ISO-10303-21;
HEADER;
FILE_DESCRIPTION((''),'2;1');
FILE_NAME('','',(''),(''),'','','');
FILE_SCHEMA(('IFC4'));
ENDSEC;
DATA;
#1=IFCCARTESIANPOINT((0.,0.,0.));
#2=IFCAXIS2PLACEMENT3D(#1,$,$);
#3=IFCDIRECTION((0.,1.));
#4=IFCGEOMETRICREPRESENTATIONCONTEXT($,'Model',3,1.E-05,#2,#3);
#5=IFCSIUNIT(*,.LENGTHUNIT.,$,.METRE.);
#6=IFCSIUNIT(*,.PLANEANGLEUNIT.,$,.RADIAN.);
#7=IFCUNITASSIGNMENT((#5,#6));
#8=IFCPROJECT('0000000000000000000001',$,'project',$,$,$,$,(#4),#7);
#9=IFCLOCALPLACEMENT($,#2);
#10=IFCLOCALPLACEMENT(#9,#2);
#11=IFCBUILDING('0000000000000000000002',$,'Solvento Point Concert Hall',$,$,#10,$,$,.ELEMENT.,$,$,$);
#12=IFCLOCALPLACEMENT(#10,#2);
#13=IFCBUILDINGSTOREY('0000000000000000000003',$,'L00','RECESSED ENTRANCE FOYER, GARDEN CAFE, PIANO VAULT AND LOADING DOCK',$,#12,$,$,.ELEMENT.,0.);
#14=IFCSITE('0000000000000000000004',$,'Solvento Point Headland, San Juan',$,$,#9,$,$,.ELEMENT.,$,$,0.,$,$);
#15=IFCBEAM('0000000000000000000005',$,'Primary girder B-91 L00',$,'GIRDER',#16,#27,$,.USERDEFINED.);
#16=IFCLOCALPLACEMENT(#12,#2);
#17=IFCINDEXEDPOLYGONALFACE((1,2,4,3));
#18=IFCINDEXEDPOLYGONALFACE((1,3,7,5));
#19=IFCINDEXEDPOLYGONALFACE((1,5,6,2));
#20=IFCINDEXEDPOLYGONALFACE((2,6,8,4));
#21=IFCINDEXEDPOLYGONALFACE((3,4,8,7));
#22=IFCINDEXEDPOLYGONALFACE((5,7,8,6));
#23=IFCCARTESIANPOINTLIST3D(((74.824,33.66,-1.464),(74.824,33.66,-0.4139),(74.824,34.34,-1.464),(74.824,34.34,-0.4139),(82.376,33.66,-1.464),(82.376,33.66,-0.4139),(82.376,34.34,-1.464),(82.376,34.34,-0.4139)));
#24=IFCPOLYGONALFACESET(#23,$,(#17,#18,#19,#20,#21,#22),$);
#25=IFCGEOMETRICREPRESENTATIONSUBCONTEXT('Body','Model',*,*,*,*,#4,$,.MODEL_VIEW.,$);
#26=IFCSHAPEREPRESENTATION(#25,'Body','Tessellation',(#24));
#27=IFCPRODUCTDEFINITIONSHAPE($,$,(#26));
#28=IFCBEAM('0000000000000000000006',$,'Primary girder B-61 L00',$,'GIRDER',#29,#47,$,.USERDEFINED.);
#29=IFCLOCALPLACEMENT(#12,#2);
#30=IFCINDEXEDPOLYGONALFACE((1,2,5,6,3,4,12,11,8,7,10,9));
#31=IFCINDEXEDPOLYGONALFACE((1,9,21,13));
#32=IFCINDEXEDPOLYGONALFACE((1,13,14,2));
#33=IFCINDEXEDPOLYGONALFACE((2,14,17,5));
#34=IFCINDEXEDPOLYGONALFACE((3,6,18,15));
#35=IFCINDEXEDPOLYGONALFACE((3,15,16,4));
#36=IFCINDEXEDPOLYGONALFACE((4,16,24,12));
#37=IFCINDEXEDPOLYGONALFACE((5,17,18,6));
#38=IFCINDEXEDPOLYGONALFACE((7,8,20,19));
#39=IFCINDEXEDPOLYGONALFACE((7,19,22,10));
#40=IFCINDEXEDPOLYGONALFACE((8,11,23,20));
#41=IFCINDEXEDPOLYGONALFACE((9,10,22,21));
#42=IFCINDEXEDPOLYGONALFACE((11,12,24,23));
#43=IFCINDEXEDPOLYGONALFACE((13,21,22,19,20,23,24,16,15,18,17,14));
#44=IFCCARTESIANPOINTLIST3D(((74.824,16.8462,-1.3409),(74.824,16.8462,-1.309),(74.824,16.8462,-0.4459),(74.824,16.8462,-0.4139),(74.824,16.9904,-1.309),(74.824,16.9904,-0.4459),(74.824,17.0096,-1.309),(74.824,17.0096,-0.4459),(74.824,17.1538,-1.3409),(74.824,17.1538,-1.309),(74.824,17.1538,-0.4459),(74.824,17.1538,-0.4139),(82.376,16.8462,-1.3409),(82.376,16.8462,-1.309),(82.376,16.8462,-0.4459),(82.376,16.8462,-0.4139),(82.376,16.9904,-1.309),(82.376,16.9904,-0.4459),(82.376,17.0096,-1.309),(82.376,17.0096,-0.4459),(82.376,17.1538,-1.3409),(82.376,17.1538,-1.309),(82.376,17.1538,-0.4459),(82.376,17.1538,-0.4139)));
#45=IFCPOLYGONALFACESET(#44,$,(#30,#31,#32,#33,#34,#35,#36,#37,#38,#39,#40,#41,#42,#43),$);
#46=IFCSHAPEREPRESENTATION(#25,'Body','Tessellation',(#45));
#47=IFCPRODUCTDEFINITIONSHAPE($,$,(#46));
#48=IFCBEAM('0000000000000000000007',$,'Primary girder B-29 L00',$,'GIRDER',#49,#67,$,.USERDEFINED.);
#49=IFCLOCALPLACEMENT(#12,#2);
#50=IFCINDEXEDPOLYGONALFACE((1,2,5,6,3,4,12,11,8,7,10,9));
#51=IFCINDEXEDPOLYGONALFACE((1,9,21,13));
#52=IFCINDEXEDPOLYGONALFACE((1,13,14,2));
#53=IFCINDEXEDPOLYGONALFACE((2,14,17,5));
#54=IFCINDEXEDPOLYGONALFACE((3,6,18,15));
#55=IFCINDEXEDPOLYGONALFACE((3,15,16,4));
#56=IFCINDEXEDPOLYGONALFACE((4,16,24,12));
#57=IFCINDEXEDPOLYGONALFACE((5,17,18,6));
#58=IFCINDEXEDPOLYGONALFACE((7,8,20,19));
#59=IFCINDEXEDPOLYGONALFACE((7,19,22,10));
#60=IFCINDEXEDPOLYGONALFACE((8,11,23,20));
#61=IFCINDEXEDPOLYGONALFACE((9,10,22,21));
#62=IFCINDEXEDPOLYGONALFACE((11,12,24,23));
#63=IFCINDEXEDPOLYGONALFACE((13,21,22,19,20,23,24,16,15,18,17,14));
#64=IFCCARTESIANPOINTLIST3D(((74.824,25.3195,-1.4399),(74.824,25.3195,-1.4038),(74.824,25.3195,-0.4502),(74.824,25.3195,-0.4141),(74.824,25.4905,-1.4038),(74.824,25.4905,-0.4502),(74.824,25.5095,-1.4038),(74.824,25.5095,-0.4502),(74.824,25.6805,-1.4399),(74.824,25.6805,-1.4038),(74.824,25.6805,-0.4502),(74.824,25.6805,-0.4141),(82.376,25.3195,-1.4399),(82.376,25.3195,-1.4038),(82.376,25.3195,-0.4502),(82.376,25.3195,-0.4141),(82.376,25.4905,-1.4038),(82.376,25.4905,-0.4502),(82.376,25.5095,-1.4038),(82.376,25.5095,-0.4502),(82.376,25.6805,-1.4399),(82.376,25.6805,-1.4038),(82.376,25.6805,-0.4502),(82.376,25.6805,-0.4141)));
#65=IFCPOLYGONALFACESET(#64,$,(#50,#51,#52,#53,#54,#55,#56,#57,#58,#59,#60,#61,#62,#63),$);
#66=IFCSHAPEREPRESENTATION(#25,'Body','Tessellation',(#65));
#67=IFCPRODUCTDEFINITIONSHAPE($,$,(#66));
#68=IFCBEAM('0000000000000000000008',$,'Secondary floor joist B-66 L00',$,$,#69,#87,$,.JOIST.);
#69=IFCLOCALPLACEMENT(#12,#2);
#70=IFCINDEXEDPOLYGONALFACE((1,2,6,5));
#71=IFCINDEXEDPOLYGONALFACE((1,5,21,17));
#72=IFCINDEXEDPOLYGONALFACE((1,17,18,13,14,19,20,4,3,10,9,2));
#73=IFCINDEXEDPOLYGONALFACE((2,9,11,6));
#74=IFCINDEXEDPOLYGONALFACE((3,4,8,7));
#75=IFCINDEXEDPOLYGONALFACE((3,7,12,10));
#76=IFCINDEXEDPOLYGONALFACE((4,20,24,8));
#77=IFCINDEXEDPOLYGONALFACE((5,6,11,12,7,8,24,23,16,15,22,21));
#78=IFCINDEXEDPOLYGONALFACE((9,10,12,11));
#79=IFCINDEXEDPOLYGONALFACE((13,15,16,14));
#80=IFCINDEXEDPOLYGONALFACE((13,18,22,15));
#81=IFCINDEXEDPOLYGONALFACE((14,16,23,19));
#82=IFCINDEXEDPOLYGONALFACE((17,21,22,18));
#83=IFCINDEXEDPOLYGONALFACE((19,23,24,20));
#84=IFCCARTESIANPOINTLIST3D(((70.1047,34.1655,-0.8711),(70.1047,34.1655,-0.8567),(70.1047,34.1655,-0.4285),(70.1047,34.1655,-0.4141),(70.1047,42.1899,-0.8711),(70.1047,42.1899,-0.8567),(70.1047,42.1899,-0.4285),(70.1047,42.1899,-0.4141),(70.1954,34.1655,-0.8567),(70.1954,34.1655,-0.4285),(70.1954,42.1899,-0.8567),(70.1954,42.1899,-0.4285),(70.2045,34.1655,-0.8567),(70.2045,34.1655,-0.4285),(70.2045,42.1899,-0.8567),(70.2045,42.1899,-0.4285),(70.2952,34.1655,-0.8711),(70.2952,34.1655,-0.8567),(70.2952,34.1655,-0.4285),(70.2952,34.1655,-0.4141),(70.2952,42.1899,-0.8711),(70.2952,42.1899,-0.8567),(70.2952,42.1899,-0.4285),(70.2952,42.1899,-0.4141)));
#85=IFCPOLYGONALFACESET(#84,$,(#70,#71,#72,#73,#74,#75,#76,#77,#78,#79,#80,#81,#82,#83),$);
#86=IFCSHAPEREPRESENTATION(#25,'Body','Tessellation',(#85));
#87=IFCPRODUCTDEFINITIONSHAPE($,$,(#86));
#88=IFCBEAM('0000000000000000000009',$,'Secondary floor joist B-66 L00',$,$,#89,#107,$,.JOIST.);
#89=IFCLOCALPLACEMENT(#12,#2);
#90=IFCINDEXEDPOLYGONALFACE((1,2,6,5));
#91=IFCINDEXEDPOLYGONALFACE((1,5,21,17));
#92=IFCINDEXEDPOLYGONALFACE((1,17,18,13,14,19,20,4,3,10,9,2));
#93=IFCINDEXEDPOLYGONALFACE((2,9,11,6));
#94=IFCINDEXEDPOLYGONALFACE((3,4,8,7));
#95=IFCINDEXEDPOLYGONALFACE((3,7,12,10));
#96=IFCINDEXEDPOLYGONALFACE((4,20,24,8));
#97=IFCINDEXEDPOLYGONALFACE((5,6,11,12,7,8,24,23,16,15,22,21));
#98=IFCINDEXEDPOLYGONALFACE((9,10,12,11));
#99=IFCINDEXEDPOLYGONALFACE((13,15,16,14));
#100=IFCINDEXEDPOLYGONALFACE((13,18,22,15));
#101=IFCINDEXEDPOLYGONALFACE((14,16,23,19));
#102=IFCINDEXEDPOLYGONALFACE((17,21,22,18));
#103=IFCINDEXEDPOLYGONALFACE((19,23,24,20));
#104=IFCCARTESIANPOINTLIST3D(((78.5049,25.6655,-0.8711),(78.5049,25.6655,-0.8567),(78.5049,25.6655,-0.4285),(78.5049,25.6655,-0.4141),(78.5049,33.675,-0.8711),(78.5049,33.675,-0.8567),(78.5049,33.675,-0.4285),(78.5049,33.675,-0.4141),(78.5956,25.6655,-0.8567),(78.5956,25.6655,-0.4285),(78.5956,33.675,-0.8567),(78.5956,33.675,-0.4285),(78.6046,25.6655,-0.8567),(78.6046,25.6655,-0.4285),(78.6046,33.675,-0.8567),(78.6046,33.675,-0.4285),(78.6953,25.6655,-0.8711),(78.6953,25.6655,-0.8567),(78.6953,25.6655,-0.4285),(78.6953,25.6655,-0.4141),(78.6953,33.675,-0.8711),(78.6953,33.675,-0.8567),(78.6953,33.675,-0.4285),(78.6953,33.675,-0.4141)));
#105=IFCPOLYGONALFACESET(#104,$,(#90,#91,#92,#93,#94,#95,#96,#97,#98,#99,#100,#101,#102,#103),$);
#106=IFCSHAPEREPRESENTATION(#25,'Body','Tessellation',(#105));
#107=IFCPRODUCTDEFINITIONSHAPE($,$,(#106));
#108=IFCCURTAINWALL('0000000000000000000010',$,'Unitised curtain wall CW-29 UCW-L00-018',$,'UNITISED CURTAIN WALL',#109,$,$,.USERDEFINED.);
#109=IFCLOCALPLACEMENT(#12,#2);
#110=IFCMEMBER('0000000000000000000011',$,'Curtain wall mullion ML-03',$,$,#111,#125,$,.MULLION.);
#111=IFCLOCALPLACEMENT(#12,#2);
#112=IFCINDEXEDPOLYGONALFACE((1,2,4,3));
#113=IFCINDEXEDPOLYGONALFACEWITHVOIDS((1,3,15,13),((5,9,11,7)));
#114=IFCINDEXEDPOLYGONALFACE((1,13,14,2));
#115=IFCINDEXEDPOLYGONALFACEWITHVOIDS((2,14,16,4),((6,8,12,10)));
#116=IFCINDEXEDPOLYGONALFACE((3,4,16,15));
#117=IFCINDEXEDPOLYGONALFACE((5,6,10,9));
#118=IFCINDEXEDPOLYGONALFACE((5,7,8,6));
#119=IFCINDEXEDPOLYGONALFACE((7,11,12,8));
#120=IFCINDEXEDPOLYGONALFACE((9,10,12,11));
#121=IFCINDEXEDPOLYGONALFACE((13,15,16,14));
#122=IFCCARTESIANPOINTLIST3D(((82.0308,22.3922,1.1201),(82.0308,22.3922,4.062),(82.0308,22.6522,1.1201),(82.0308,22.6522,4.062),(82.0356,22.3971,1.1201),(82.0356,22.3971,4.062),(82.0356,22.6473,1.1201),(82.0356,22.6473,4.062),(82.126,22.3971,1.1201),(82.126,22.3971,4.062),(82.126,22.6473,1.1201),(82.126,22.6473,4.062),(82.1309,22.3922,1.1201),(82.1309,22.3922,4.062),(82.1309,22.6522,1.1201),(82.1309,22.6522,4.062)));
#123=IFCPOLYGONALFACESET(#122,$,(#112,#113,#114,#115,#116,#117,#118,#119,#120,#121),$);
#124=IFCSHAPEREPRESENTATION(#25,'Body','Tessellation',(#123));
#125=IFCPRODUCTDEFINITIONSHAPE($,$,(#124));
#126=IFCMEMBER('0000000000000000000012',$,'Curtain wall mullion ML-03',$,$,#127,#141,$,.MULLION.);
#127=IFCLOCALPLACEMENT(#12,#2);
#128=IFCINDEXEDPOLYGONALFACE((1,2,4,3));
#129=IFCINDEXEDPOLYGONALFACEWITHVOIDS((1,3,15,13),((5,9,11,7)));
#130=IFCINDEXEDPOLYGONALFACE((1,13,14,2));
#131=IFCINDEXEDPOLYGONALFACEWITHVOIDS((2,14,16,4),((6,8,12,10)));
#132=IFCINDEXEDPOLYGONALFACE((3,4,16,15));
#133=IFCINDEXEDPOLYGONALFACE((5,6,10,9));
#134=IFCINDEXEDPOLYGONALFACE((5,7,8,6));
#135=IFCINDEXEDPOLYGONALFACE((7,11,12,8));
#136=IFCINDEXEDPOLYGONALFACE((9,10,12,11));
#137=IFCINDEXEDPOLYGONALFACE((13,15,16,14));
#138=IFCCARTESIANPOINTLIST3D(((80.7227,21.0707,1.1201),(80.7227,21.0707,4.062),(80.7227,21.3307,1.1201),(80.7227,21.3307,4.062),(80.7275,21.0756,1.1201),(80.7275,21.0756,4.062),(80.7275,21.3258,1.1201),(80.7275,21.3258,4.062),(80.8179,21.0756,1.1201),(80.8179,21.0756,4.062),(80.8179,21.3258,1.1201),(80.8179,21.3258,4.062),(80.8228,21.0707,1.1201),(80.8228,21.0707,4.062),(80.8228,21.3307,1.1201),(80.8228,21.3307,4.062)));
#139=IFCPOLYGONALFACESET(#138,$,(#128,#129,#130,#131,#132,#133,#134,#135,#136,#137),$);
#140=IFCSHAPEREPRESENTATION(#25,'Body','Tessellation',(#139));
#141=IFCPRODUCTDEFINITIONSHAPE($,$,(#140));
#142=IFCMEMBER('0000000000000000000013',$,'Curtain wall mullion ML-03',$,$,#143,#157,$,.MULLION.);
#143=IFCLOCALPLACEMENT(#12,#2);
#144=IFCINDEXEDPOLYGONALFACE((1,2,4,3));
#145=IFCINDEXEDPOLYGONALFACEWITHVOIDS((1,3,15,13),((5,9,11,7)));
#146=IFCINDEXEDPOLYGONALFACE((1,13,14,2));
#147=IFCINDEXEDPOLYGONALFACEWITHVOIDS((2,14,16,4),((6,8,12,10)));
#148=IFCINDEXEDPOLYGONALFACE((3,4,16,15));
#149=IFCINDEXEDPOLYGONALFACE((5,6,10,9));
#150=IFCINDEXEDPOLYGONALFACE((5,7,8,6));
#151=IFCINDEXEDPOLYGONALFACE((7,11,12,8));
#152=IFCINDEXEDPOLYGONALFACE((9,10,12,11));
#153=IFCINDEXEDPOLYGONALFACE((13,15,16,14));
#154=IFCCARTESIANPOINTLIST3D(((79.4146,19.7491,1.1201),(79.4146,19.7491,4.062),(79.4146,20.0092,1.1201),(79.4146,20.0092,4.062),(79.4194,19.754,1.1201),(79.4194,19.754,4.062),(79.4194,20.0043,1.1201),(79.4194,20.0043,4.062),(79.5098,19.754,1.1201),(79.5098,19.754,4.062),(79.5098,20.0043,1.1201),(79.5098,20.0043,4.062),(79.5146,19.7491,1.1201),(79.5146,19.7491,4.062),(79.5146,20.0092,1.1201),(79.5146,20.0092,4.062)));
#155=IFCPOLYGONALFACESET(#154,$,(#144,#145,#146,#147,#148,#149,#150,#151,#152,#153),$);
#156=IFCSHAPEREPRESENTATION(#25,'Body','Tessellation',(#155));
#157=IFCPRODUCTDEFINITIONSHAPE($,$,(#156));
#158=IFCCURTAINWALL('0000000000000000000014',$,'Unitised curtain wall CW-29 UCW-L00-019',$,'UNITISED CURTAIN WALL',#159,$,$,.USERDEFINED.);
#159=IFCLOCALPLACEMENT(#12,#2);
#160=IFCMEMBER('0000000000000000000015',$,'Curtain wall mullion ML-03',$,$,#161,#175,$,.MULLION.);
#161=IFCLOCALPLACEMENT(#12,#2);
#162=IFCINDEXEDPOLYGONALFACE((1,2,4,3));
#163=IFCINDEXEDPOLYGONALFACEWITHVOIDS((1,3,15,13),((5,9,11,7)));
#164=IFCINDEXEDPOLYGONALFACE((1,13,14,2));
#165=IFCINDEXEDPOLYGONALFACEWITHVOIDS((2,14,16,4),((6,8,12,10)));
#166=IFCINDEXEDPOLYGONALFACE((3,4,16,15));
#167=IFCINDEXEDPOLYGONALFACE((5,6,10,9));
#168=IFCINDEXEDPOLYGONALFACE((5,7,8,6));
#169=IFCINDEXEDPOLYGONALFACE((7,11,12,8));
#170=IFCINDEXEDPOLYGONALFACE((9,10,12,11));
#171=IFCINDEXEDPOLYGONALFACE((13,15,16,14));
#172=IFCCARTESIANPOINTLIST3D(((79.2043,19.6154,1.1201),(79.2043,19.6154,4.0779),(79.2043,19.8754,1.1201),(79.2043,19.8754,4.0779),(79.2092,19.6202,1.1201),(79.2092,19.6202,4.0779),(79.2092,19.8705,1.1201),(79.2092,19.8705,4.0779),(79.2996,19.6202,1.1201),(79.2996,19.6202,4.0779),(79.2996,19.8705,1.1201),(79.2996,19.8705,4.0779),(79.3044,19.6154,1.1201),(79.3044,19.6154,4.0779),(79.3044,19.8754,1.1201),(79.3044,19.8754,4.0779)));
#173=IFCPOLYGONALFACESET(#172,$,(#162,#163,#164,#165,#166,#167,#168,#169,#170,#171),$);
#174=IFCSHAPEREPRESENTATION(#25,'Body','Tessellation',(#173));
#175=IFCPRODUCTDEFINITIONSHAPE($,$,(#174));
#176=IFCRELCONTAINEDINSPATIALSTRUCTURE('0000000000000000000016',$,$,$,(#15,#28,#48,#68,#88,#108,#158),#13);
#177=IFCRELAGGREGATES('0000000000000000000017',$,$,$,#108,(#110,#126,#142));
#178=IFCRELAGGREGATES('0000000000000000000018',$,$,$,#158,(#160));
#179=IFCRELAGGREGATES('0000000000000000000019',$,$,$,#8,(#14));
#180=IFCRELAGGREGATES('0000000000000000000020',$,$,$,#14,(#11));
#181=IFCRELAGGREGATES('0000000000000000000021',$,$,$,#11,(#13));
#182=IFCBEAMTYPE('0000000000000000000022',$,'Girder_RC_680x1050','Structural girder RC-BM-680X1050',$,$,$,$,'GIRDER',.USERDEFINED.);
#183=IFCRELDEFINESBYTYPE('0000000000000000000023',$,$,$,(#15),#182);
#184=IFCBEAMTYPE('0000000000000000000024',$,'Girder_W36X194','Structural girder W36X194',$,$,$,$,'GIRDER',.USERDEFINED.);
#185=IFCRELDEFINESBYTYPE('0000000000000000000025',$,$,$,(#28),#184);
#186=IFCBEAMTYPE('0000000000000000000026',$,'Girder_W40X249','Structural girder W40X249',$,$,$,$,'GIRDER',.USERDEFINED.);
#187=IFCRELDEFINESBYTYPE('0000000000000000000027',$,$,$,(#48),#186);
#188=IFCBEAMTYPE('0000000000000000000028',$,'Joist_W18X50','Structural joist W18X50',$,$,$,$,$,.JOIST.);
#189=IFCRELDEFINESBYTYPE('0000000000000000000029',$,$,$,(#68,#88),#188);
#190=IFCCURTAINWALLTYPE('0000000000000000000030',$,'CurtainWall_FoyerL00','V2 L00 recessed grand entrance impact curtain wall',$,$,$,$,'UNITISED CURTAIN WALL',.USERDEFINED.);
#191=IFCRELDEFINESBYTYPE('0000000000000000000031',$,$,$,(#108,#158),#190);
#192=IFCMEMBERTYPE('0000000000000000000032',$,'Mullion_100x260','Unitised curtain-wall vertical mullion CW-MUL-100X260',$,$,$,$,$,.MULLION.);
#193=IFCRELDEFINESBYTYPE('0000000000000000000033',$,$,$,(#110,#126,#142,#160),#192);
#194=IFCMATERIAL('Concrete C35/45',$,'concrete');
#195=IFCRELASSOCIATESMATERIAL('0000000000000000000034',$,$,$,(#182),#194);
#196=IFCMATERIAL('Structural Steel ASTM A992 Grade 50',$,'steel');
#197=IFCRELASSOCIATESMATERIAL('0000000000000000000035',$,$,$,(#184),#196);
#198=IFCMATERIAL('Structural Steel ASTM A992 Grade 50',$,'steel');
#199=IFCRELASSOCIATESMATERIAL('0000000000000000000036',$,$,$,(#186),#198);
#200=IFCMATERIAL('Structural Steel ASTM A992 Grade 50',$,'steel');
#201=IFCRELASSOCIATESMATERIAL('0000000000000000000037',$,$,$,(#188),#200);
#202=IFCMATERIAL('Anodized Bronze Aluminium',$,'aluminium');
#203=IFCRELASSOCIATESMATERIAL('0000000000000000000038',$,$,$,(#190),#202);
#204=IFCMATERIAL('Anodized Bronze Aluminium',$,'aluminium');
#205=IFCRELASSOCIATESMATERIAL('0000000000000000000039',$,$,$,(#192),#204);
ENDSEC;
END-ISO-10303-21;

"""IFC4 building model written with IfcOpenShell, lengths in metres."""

from ifc_helpers import new_model, si_unit, direction, frame, origin, origin_2d, place, context, subcontext, project, spatial, rectangle, hollow_rectangle, i_section, extrude, material, material_profile, profile_set, type_object, element, aggregate, save


model = new_model("IFC4")

# Units and contexts
model_context = context("Model", 3, precision=1e-05, world=origin(), true_north=direction((0.0, 1.0)))
body_context = subcontext(model_context, "Body", "Model", "MODEL_VIEW")
ifc_project = project(units=[si_unit("LENGTHUNIT", "METRE"), si_unit("PLANEANGLEUNIT", "RADIAN")], contexts=[model_context])

# Site, building, storey
site_placement = place(None, origin())
site = spatial("IfcSite", under=ifc_project, at=site_placement, Name="Solvento Point Headland, San Juan", CompositionType="ELEMENT", RefElevation=0.0)
building_placement = place(site_placement, origin())
building = spatial("IfcBuilding", under=site, at=building_placement, Name="Solvento Point Concert Hall", CompositionType="ELEMENT")
storey_placement = place(building_placement, origin())
storey = spatial("IfcBuildingStorey", under=building, at=storey_placement, Name="L00", Description="RECESSED ENTRANCE FOYER, GARDEN CAFE, PIANO VAULT AND LOADING DOCK", CompositionType="ELEMENT", Elevation=0.0)

# Beams
ifc_material_1 = material(Name="Concrete C35/45", Category="concrete")
ifc_material_profile_1 = material_profile(ifc_material_1, rectangle(XDim=0.6799, YDim=1.05, at=origin_2d()), Name="RC-BM-680X1050")
ifc_profile_set_1 = profile_set([ifc_material_profile_1], Name="Concrete C35/45")
beam_type_1 = type_object("IfcBeamType", Name="Girder_RC_680x1050", Description="Structural girder RC-BM-680X1050", ElementType="GIRDER", PredefinedType="USERDEFINED", material=ifc_profile_set_1)
beam_1_placement = place(storey_placement, frame((74.824, 34.0, -0.939), z_axis=(1.0, 0.0, 0.0), x_axis=(0.0, 1.0, 0.0)))
element("IfcBeam", 1, at=beam_1_placement, inside=storey, type_object=beam_type_1, Name="Primary girder B-91 L00", ObjectType="GIRDER", PredefinedType="USERDEFINED", context=body_context, shape_type="SweptSolid", body=[
    extrude(rectangle(XDim=0.6799, YDim=1.05, at=origin_2d()), origin(), (0.0, 0.0, 1.0), 7.552),
])
ifc_material_2 = material(Name="Structural Steel ASTM A992 Grade 50", Category="steel")
ifc_material_profile_2 = material_profile(ifc_material_2, i_section(OverallWidth=0.3076, OverallDepth=0.927, WebThickness=0.0193, FlangeThickness=0.032, at=origin_2d()), Name="W36X194")
ifc_profile_set_2 = profile_set([ifc_material_profile_2], Name="Structural Steel ASTM A992 Grade 50")
beam_type_2 = type_object("IfcBeamType", Name="Girder_W36X194", Description="Structural girder W36X194", ElementType="GIRDER", PredefinedType="USERDEFINED", material=ifc_profile_set_2)
beam_2_placement = place(storey_placement, frame((74.824, 17.0, -0.8774), z_axis=(1.0, 0.0, 0.0), x_axis=(0.0, 1.0, 0.0)))
element("IfcBeam", 2, at=beam_2_placement, inside=storey, type_object=beam_type_2, Name="Primary girder B-61 L00", ObjectType="GIRDER", PredefinedType="USERDEFINED", context=body_context, shape_type="SweptSolid", body=[
    extrude(i_section(OverallWidth=0.3076, OverallDepth=0.927, WebThickness=0.0193, FlangeThickness=0.032, at=origin_2d()), origin(), (0.0, 0.0, 1.0), 7.552),
])
ifc_material_3 = material(Name="Structural Steel ASTM A992 Grade 50", Category="steel")
ifc_material_profile_3 = material_profile(ifc_material_3, i_section(OverallWidth=0.3611, OverallDepth=1.0259, WebThickness=0.019, FlangeThickness=0.0361, at=origin_2d()), Name="W40X249")
ifc_profile_set_3 = profile_set([ifc_material_profile_3], Name="Structural Steel ASTM A992 Grade 50")
beam_type_3 = type_object("IfcBeamType", Name="Girder_W40X249", Description="Structural girder W40X249", ElementType="GIRDER", PredefinedType="USERDEFINED", material=ifc_profile_set_3)
beam_3_placement = place(storey_placement, frame((74.824, 25.5, -0.927), z_axis=(1.0, 0.0, 0.0), x_axis=(0.0, 1.0, 0.0)))
element("IfcBeam", 3, at=beam_3_placement, inside=storey, type_object=beam_type_3, Name="Primary girder B-29 L00", ObjectType="GIRDER", PredefinedType="USERDEFINED", context=body_context, shape_type="SweptSolid", body=[
    extrude(i_section(OverallWidth=0.3611, OverallDepth=1.0259, WebThickness=0.019, FlangeThickness=0.0361, at=origin_2d()), origin(), (0.0, 0.0, 1.0), 7.552),
])
ifc_material_4 = material(Name="Structural Steel ASTM A992 Grade 50", Category="steel")
ifc_material_profile_4 = material_profile(ifc_material_4, i_section(OverallWidth=0.1904, OverallDepth=0.457, WebThickness=0.009, FlangeThickness=0.0144, at=origin_2d()), Name="W18X50")
ifc_profile_set_4 = profile_set([ifc_material_profile_4], Name="Structural Steel ASTM A992 Grade 50")
beam_type_4 = type_object("IfcBeamType", Name="Joist_W18X50", Description="Structural joist W18X50", PredefinedType="JOIST", material=ifc_profile_set_4)
beam_4_placement = place(storey_placement, frame((70.2, 34.1655, -0.6426), z_axis=(0.0, 1.0, 0.0), x_axis=(-1.0, 0.0, 0.0)))
element("IfcBeam", 4, at=beam_4_placement, inside=storey, type_object=beam_type_4, Name="Secondary floor joist B-66 L00", PredefinedType="JOIST", context=body_context, shape_type="SweptSolid", body=[
    extrude(i_section(OverallWidth=0.1904, OverallDepth=0.457, WebThickness=0.009, FlangeThickness=0.0144, at=origin_2d()), origin(), (0.0, 0.0, 1.0), 8.0244),
])
beam_5_placement = place(storey_placement, frame((78.6001, 25.6655, -0.6426), z_axis=(0.0, 1.0, 0.0), x_axis=(-1.0, 0.0, 0.0)))
element("IfcBeam", 5, at=beam_5_placement, inside=storey, type_object=beam_type_4, Name="Secondary floor joist B-66 L00", PredefinedType="JOIST", context=body_context, shape_type="SweptSolid", body=[
    extrude(i_section(OverallWidth=0.1904, OverallDepth=0.457, WebThickness=0.009, FlangeThickness=0.0144, at=origin_2d()), origin(), (0.0, 0.0, 1.0), 8.0095),
])

# Curtain walls, members
ifc_material_5 = material(Name="Anodized Bronze Aluminium", Category="aluminium")
curtain_wall_type = type_object("IfcCurtainWallType", Name="CurtainWall_FoyerL00", Description="V2 L00 recessed grand entrance impact curtain wall", ElementType="UNITISED CURTAIN WALL", PredefinedType="USERDEFINED", material=ifc_material_5)
curtain_wall_1_placement = place(storey_placement, origin())
curtain_wall_1 = element("IfcCurtainWall", 6, at=curtain_wall_1_placement, inside=storey, type_object=curtain_wall_type, Name="Unitised curtain wall CW-29 UCW-L00-018", ObjectType="UNITISED CURTAIN WALL", PredefinedType="USERDEFINED")
ifc_material_6 = material(Name="Anodized Bronze Aluminium", Category="aluminium")
ifc_material_profile_5 = material_profile(ifc_material_6, hollow_rectangle(XDim=0.1001, YDim=0.26, WallThickness=0.0049, at=origin_2d()), Name="CW-MUL-100X260")
ifc_profile_set_5 = profile_set([ifc_material_profile_5], Name="Anodized Bronze Aluminium")
member_type_1 = type_object("IfcMemberType", Name="Mullion_100x260", Description="Unitised curtain-wall vertical mullion CW-MUL-100X260", PredefinedType="MULLION", material=ifc_profile_set_5)
member_1_placement = place(storey_placement, frame((82.0808, 22.5222, 1.1201), z_axis=(0.0, 0.0, 1.0), x_axis=(1.0, 0.0, 0.0)))
member_1 = element("IfcMember", 7, at=member_1_placement, type_object=member_type_1, Name="Curtain wall mullion ML-03", PredefinedType="MULLION", context=body_context, shape_type="SweptSolid", body=[
    extrude(hollow_rectangle(XDim=0.1001, YDim=0.26, WallThickness=0.0049, at=origin_2d()), origin(), (0.0, 0.0, 1.0), 2.9419),
])
member_2_placement = place(storey_placement, frame((80.7727, 21.2007, 1.1201), z_axis=(0.0, 0.0, 1.0), x_axis=(1.0, 0.0, 0.0)))
member_2 = element("IfcMember", 8, at=member_2_placement, type_object=member_type_1, Name="Curtain wall mullion ML-03", PredefinedType="MULLION", context=body_context, shape_type="SweptSolid", body=[
    extrude(hollow_rectangle(XDim=0.1001, YDim=0.26, WallThickness=0.0049, at=origin_2d()), origin(), (0.0, 0.0, 1.0), 2.9419),
])
member_3_placement = place(storey_placement, frame((79.4646, 19.8792, 1.1201), z_axis=(0.0, 0.0, 1.0), x_axis=(1.0, 0.0, 0.0)))
member_3 = element("IfcMember", 9, at=member_3_placement, type_object=member_type_1, Name="Curtain wall mullion ML-03", PredefinedType="MULLION", context=body_context, shape_type="SweptSolid", body=[
    extrude(hollow_rectangle(XDim=0.1001, YDim=0.26, WallThickness=0.0049, at=origin_2d()), origin(), (0.0, 0.0, 1.0), 2.9419),
])
curtain_wall_2_placement = place(storey_placement, origin())
curtain_wall_2 = element("IfcCurtainWall", 10, at=curtain_wall_2_placement, inside=storey, type_object=curtain_wall_type, Name="Unitised curtain wall CW-29 UCW-L00-019", ObjectType="UNITISED CURTAIN WALL", PredefinedType="USERDEFINED")
member_4_placement = place(storey_placement, frame((79.2544, 19.7454, 1.1201), z_axis=(0.0, 0.0, 1.0), x_axis=(1.0, 0.0, 0.0)))
member_4 = element("IfcMember", 11, at=member_4_placement, type_object=member_type_1, Name="Curtain wall mullion ML-03", PredefinedType="MULLION", context=body_context, shape_type="SweptSolid", body=[
    extrude(hollow_rectangle(XDim=0.1001, YDim=0.26, WallThickness=0.0049, at=origin_2d()), origin(), (0.0, 0.0, 1.0), 2.9578),
])

aggregate(curtain_wall_1, [member_1, member_2, member_3])
aggregate(curtain_wall_2, [member_4])

save(model, "model.ifc")
